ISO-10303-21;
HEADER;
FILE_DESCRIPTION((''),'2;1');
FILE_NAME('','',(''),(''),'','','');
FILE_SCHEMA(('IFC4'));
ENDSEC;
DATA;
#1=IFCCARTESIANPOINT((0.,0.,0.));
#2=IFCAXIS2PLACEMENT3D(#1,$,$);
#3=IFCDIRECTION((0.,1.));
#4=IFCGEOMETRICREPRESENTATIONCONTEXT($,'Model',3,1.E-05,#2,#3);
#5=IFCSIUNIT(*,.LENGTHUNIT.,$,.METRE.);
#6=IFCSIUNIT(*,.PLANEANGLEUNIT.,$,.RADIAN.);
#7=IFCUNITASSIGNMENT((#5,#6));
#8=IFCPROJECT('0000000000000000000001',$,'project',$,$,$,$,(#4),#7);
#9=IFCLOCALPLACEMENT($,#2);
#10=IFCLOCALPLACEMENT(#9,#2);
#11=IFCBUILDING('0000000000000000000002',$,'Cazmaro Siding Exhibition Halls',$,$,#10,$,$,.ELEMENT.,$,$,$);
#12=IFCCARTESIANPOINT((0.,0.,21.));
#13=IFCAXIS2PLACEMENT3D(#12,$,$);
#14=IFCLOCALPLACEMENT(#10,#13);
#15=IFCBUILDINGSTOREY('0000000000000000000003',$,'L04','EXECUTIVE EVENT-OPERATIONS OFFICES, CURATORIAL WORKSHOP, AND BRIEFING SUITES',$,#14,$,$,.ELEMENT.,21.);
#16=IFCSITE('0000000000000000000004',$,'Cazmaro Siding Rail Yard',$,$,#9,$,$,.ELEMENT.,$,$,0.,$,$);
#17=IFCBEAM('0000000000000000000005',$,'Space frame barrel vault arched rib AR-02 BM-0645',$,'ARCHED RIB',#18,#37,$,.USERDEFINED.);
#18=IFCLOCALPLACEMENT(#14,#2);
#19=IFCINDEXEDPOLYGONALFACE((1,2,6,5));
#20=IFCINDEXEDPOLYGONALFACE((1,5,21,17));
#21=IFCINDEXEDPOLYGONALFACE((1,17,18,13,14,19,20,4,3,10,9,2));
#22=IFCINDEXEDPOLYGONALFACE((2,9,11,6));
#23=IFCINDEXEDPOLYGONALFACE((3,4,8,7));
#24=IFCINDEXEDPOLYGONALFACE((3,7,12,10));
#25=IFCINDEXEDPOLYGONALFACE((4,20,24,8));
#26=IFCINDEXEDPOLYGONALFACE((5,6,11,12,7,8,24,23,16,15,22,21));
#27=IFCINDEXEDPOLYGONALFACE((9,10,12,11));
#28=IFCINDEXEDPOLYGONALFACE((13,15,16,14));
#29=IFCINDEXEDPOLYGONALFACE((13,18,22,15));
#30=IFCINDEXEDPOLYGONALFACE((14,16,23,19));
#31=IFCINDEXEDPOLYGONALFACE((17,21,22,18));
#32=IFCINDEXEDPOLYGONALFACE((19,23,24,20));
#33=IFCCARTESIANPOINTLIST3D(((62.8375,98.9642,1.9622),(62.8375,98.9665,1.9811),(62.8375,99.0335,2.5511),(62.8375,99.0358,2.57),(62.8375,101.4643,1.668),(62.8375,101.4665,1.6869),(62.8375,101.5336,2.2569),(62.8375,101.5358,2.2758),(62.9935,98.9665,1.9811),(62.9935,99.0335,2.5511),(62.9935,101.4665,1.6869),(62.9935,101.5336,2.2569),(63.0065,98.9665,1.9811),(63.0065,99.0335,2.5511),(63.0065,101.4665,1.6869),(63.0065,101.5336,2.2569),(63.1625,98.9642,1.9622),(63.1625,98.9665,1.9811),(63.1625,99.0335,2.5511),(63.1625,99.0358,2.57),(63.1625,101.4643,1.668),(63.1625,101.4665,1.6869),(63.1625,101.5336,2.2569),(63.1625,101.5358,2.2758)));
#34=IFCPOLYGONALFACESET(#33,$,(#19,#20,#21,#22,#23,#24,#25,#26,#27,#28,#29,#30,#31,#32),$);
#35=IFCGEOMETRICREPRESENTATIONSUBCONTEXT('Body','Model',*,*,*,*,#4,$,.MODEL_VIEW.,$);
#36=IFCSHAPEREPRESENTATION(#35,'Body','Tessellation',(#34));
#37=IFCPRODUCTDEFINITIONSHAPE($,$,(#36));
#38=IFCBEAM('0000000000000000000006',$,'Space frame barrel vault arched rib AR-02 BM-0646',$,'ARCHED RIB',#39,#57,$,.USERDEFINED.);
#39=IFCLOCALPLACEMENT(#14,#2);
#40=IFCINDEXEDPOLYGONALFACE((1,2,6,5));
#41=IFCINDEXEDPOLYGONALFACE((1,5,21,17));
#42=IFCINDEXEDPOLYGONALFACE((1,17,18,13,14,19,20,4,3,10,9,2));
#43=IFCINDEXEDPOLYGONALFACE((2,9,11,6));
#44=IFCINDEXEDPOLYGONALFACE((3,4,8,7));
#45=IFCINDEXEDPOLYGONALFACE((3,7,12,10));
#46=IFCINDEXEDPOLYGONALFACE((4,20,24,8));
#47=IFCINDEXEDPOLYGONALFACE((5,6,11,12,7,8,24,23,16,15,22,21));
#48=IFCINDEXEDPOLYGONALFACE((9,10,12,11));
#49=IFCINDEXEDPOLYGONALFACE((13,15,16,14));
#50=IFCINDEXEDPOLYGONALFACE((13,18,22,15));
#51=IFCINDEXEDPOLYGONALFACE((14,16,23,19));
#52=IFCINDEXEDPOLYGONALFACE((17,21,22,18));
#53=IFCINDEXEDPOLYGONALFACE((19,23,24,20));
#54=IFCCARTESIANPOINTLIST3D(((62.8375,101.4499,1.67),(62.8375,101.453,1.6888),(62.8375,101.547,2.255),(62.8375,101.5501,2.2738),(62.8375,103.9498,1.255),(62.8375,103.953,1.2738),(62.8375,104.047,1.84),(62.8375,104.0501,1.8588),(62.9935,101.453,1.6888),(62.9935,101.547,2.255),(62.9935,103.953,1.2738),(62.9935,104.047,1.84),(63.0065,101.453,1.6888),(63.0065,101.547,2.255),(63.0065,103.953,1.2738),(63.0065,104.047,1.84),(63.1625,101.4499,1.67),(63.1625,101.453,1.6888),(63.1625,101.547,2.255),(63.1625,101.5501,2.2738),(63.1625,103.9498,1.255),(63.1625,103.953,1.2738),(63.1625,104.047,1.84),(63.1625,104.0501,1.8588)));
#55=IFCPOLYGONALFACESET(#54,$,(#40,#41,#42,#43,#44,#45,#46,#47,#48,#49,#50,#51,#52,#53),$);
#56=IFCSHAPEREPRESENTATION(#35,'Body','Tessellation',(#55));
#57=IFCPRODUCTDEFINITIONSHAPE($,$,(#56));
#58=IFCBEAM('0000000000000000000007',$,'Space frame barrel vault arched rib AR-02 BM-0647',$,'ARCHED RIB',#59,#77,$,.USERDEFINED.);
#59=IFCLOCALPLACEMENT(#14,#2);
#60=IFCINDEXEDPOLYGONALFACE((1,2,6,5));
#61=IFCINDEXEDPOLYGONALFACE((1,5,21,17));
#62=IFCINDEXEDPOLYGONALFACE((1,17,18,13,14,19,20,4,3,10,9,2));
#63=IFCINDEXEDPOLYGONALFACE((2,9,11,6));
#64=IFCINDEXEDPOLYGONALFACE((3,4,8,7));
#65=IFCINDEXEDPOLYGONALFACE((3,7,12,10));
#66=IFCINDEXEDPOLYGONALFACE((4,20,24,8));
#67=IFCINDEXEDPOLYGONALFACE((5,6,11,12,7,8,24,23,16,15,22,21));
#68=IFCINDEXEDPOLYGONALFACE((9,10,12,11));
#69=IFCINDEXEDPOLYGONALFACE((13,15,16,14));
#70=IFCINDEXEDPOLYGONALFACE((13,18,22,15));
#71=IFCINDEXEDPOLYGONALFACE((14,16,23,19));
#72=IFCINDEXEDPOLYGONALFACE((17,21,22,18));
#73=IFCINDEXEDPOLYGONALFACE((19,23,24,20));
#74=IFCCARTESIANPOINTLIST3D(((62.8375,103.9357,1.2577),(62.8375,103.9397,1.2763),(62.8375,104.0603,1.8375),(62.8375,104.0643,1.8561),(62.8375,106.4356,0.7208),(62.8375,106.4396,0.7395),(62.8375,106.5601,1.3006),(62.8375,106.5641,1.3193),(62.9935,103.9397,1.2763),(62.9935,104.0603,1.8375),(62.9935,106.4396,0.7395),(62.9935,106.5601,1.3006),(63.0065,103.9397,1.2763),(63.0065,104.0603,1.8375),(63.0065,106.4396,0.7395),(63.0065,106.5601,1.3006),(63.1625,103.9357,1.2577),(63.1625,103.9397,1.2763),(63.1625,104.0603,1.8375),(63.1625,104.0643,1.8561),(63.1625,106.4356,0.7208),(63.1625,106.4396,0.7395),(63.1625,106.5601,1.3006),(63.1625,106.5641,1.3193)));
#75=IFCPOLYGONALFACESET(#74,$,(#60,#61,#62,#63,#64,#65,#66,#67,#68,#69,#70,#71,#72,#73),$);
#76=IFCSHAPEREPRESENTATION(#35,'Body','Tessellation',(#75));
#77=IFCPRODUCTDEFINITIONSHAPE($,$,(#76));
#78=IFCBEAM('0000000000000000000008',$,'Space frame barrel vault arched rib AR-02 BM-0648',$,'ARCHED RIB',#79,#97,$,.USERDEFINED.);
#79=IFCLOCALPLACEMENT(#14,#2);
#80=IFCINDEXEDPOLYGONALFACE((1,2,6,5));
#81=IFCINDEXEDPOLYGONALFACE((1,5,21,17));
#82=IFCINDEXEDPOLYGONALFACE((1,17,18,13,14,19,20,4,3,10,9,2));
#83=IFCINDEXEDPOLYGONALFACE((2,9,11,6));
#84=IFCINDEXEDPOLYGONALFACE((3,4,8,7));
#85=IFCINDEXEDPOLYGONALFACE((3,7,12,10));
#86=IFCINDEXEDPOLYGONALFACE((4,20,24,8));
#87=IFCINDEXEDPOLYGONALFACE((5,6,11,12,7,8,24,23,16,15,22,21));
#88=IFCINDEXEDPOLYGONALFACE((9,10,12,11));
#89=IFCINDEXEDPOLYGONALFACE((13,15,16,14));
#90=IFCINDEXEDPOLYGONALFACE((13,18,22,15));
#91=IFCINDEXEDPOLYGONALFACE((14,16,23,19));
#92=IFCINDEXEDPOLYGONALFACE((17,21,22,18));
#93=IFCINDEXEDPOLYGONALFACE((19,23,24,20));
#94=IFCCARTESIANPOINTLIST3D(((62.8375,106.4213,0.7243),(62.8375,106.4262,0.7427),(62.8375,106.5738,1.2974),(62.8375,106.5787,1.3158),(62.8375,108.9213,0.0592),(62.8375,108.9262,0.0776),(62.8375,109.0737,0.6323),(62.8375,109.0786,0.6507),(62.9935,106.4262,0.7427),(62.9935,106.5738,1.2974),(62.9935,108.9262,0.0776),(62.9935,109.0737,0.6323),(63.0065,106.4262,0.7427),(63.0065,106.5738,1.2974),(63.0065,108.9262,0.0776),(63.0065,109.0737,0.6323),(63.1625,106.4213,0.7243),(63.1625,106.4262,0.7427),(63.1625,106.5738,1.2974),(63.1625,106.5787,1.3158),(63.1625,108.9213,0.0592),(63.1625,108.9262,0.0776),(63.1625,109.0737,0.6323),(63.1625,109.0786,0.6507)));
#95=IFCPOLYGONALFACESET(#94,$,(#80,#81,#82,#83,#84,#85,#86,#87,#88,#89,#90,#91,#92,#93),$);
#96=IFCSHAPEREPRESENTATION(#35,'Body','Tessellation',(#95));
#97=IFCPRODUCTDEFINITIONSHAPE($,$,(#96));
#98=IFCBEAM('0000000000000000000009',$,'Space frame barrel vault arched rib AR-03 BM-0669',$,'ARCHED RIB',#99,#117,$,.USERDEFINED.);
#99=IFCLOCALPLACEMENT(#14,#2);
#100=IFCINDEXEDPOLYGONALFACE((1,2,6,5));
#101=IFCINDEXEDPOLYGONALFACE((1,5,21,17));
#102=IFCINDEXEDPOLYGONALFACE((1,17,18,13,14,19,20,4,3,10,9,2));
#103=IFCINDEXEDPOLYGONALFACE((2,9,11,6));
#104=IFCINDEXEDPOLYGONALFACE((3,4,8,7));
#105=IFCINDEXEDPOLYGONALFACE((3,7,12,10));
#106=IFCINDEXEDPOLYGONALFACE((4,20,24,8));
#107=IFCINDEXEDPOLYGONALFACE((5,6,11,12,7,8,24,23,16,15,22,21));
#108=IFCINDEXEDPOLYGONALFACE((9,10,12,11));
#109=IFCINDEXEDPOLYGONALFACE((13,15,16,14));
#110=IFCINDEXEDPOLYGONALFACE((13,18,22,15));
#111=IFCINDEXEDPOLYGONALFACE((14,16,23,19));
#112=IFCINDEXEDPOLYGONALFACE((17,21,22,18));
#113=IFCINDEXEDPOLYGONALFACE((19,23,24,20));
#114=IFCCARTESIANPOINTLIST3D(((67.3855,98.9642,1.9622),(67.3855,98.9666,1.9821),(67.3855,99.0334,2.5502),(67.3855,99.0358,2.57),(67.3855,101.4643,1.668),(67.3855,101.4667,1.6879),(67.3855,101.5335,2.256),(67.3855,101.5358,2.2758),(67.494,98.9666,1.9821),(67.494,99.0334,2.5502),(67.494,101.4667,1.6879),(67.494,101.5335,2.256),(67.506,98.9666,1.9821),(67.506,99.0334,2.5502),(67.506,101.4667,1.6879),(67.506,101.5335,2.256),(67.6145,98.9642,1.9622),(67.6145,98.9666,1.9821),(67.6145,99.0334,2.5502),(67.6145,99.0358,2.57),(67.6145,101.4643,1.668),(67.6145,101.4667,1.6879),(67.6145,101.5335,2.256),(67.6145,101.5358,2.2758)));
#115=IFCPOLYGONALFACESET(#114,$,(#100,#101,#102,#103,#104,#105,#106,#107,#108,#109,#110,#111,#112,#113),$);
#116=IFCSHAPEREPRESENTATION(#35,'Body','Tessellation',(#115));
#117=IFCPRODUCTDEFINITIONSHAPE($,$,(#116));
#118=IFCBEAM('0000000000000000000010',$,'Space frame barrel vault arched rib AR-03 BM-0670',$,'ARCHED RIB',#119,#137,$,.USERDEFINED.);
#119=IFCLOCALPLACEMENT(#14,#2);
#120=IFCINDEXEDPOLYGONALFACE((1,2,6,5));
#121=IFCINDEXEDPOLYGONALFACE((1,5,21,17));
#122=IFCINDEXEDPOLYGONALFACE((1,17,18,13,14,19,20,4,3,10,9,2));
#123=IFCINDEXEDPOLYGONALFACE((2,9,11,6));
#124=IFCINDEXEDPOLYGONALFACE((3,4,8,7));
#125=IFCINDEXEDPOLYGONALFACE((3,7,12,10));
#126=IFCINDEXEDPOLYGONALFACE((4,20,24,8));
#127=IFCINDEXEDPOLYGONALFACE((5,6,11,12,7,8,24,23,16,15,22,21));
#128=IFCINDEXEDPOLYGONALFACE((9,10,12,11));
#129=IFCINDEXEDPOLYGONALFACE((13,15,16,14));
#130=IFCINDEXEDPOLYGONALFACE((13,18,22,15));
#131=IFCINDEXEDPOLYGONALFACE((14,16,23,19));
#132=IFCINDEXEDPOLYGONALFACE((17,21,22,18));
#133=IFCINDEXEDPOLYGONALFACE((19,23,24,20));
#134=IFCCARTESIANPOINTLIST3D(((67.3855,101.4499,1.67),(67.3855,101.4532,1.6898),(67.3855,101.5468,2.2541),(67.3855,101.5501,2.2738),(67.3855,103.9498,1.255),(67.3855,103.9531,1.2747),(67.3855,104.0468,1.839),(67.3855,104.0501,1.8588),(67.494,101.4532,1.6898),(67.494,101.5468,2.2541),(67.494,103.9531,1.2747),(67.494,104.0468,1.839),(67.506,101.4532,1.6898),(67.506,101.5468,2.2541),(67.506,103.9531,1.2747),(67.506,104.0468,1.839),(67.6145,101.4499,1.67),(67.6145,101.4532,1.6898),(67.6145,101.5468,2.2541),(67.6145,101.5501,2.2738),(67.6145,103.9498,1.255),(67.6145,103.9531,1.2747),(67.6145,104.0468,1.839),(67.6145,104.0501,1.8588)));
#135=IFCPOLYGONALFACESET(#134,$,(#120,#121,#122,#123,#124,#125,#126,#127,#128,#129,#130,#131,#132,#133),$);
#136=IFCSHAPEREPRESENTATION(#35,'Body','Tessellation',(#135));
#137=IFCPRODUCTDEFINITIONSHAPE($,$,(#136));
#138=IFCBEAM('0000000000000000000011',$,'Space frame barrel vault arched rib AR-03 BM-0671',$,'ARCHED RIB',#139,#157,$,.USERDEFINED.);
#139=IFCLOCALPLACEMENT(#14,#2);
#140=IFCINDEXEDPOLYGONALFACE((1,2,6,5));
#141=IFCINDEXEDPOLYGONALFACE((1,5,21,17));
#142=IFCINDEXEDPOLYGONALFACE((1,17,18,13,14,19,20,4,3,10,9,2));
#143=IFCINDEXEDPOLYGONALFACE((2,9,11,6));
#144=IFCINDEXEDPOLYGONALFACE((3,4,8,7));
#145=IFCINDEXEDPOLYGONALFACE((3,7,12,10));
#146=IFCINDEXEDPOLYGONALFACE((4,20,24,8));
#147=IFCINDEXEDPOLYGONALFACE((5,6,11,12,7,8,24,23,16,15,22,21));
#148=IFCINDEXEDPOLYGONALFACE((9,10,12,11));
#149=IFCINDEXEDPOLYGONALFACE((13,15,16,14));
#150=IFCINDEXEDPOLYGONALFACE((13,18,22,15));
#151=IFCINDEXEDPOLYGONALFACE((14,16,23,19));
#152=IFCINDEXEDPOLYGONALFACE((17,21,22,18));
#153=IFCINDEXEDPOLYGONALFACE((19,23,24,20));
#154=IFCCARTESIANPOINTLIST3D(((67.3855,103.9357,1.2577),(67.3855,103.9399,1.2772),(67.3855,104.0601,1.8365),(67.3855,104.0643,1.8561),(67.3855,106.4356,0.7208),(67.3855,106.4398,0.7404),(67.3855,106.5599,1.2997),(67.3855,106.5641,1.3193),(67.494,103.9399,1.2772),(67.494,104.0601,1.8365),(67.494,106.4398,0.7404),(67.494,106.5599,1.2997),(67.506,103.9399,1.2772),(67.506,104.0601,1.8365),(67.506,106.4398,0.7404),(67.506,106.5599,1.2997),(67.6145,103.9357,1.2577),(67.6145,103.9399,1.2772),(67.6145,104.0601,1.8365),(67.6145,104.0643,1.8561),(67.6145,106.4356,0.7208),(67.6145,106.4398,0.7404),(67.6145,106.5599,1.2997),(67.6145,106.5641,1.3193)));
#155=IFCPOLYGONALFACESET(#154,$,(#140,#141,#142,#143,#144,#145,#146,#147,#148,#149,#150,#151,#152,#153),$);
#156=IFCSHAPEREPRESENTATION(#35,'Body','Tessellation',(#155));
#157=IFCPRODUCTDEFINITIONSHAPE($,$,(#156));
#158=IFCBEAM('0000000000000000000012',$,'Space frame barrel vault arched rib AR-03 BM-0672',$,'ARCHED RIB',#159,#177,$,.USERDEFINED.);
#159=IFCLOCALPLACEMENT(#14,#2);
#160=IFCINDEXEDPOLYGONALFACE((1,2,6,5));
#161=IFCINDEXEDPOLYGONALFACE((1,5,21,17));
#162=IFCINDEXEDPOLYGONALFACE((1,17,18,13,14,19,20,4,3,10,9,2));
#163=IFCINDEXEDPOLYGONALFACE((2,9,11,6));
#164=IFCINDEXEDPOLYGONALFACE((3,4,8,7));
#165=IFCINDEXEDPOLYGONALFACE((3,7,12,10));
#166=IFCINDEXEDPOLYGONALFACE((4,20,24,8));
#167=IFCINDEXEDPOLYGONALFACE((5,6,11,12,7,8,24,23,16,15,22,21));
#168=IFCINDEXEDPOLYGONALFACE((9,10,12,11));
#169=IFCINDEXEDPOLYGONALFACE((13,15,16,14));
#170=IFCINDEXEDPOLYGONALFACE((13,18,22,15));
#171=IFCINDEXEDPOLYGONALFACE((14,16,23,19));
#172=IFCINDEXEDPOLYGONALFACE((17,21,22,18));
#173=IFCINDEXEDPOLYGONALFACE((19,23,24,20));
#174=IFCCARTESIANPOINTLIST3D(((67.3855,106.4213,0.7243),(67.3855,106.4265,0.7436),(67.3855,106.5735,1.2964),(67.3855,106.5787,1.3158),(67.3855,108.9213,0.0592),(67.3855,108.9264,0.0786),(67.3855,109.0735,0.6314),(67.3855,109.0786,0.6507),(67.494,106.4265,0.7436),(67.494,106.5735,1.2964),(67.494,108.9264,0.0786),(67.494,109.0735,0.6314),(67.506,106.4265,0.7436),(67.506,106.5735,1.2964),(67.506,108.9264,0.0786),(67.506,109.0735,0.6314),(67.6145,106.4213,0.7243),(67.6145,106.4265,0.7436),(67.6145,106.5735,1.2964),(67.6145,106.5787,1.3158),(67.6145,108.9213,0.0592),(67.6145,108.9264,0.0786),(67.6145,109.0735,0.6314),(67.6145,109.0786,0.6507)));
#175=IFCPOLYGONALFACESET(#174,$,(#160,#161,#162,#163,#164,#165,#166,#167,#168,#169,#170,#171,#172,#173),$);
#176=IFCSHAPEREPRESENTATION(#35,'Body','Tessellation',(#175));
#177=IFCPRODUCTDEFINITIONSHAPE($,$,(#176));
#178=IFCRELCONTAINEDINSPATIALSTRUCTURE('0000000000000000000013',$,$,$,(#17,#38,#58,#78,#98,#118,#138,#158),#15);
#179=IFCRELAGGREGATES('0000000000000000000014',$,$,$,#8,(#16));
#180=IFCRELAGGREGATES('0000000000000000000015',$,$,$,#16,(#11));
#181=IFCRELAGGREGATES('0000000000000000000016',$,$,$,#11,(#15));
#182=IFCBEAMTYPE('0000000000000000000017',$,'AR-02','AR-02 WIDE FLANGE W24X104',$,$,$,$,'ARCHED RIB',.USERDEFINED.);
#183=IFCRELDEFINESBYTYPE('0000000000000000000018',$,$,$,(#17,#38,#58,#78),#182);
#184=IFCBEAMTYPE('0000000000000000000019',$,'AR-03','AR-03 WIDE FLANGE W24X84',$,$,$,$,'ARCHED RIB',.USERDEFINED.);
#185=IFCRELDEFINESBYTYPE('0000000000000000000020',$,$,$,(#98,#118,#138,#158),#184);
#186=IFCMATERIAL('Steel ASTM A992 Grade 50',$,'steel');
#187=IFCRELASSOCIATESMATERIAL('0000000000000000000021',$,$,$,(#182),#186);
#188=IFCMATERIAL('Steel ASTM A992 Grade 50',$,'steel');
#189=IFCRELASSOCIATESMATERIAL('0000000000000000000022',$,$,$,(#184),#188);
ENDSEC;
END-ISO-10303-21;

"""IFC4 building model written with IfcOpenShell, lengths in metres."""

from ifc_helpers import new_model, si_unit, direction, frame, origin, origin_2d, place, context, subcontext, project, spatial, i_section, extrude, material, material_profile, profile_set, type_object, element, save


model = new_model("IFC4")

# Units and contexts
model_context = context("Model", 3, precision=1e-05, world=origin(), true_north=direction((0.0, 1.0)))
body_context = subcontext(model_context, "Body", "Model", "MODEL_VIEW")
ifc_project = project(units=[si_unit("LENGTHUNIT", "METRE"), si_unit("PLANEANGLEUNIT", "RADIAN")], contexts=[model_context])

# Site, building, storey
site_placement = place(None, origin())
site = spatial("IfcSite", under=ifc_project, at=site_placement, Name="Cazmaro Siding Rail Yard", CompositionType="ELEMENT", RefElevation=0.0)
building_placement = place(site_placement, origin())
building = spatial("IfcBuilding", under=site, at=building_placement, Name="Cazmaro Siding Exhibition Halls", CompositionType="ELEMENT")
storey_placement = place(building_placement, frame((0.0, 0.0, 21.0)))
storey = spatial("IfcBuildingStorey", under=building, at=storey_placement, Name="L04", Description="EXECUTIVE EVENT-OPERATIONS OFFICES, CURATORIAL WORKSHOP, AND BRIEFING SUITES", CompositionType="ELEMENT", Elevation=21.0)

# Beams
ifc_material_1 = material(Name="Steel ASTM A992 Grade 50", Category="steel")
ifc_material_profile_1 = material_profile(ifc_material_1, i_section(OverallWidth=0.325, OverallDepth=0.6121, WebThickness=0.0129, FlangeThickness=0.019, at=origin_2d()), Name="W24X104")
ifc_profile_set_1 = profile_set([ifc_material_profile_1], Name="Steel ASTM A992 Grade 50")
beam_type_1 = type_object("IfcBeamType", Name="AR-02", Description="AR-02 WIDE FLANGE W24X104", ElementType="ARCHED RIB", PredefinedType="USERDEFINED", material=ifc_profile_set_1)
beam_1_placement = place(storey_placement, frame((63.0, 99.0, 2.2661), z_axis=(0.0, 0.993147, -0.116869), x_axis=(-1.0, 0.0, 0.0)))
element("IfcBeam", 1, at=beam_1_placement, inside=storey, type_object=beam_type_1, Name="Space frame barrel vault arched rib AR-02 BM-0645", ObjectType="ARCHED RIB", PredefinedType="USERDEFINED", context=body_context, shape_type="SweptSolid", body=[
    extrude(i_section(OverallWidth=0.325, OverallDepth=0.6121, WebThickness=0.0129, FlangeThickness=0.019, at=origin_2d()), origin(), (0.0, 0.0, 1.0), 2.5173),
])
beam_2_placement = place(storey_placement, frame((63.0, 101.5, 1.9719), z_axis=(0.0, 0.986498, -0.163774), x_axis=(-1.0, 0.0, 0.0)))
element("IfcBeam", 2, at=beam_2_placement, inside=storey, type_object=beam_type_1, Name="Space frame barrel vault arched rib AR-02 BM-0646", ObjectType="ARCHED RIB", PredefinedType="USERDEFINED", context=body_context, shape_type="SweptSolid", body=[
    extrude(i_section(OverallWidth=0.325, OverallDepth=0.6121, WebThickness=0.0129, FlangeThickness=0.019, at=origin_2d()), origin(), (0.0, 0.0, 1.0), 2.5342),
])
beam_3_placement = place(storey_placement, frame((63.0, 104.0, 1.5569), z_axis=(0.0, 0.97771, -0.209959), x_axis=(-1.0, 0.0, 0.0)))
element("IfcBeam", 3, at=beam_3_placement, inside=storey, type_object=beam_type_1, Name="Space frame barrel vault arched rib AR-02 BM-0647", ObjectType="ARCHED RIB", PredefinedType="USERDEFINED", context=body_context, shape_type="SweptSolid", body=[
    extrude(i_section(OverallWidth=0.325, OverallDepth=0.6121, WebThickness=0.0129, FlangeThickness=0.019, at=origin_2d()), origin(), (0.0, 0.0, 1.0), 2.5569),
])
beam_4_placement = place(storey_placement, frame((63.0, 106.5, 1.02), z_axis=(0.0, 0.966391, -0.257075), x_axis=(-1.0, 0.0, 0.0)))
element("IfcBeam", 4, at=beam_4_placement, inside=storey, type_object=beam_type_1, Name="Space frame barrel vault arched rib AR-02 BM-0648", ObjectType="ARCHED RIB", PredefinedType="USERDEFINED", context=body_context, shape_type="SweptSolid", body=[
    extrude(i_section(OverallWidth=0.325, OverallDepth=0.6121, WebThickness=0.0129, FlangeThickness=0.019, at=origin_2d()), origin(), (0.0, 0.0, 1.0), 2.5869),
])
ifc_material_2 = material(Name="Steel ASTM A992 Grade 50", Category="steel")
ifc_material_profile_2 = material_profile(ifc_material_2, i_section(OverallWidth=0.229, OverallDepth=0.6121, WebThickness=0.012, FlangeThickness=0.02, at=origin_2d()), Name="W24X84")
ifc_profile_set_2 = profile_set([ifc_material_profile_2], Name="Steel ASTM A992 Grade 50")
beam_type_2 = type_object("IfcBeamType", Name="AR-03", Description="AR-03 WIDE FLANGE W24X84", ElementType="ARCHED RIB", PredefinedType="USERDEFINED", material=ifc_profile_set_2)
beam_5_placement = place(storey_placement, frame((67.5, 99.0, 2.2661), z_axis=(0.0, 0.993147, -0.116869), x_axis=(-1.0, 0.0, 0.0)))
element("IfcBeam", 5, at=beam_5_placement, inside=storey, type_object=beam_type_2, Name="Space frame barrel vault arched rib AR-03 BM-0669", ObjectType="ARCHED RIB", PredefinedType="USERDEFINED", context=body_context, shape_type="SweptSolid", body=[
    extrude(i_section(OverallWidth=0.229, OverallDepth=0.6121, WebThickness=0.012, FlangeThickness=0.02, at=origin_2d()), origin(), (0.0, 0.0, 1.0), 2.5173),
])
beam_6_placement = place(storey_placement, frame((67.5, 101.5, 1.9719), z_axis=(0.0, 0.986498, -0.163774), x_axis=(-1.0, 0.0, 0.0)))
element("IfcBeam", 6, at=beam_6_placement, inside=storey, type_object=beam_type_2, Name="Space frame barrel vault arched rib AR-03 BM-0670", ObjectType="ARCHED RIB", PredefinedType="USERDEFINED", context=body_context, shape_type="SweptSolid", body=[
    extrude(i_section(OverallWidth=0.229, OverallDepth=0.6121, WebThickness=0.012, FlangeThickness=0.02, at=origin_2d()), origin(), (0.0, 0.0, 1.0), 2.5342),
])
beam_7_placement = place(storey_placement, frame((67.5, 104.0, 1.5569), z_axis=(0.0, 0.97771, -0.209959), x_axis=(-1.0, 0.0, 0.0)))
element("IfcBeam", 7, at=beam_7_placement, inside=storey, type_object=beam_type_2, Name="Space frame barrel vault arched rib AR-03 BM-0671", ObjectType="ARCHED RIB", PredefinedType="USERDEFINED", context=body_context, shape_type="SweptSolid", body=[
    extrude(i_section(OverallWidth=0.229, OverallDepth=0.6121, WebThickness=0.012, FlangeThickness=0.02, at=origin_2d()), origin(), (0.0, 0.0, 1.0), 2.5569),
])
beam_8_placement = place(storey_placement, frame((67.5, 106.5, 1.02), z_axis=(0.0, 0.966391, -0.257075), x_axis=(-1.0, 0.0, 0.0)))
element("IfcBeam", 8, at=beam_8_placement, inside=storey, type_object=beam_type_2, Name="Space frame barrel vault arched rib AR-03 BM-0672", ObjectType="ARCHED RIB", PredefinedType="USERDEFINED", context=body_context, shape_type="SweptSolid", body=[
    extrude(i_section(OverallWidth=0.229, OverallDepth=0.6121, WebThickness=0.012, FlangeThickness=0.02, at=origin_2d()), origin(), (0.0, 0.0, 1.0), 2.5869),
])

save(model, "model.ifc")
